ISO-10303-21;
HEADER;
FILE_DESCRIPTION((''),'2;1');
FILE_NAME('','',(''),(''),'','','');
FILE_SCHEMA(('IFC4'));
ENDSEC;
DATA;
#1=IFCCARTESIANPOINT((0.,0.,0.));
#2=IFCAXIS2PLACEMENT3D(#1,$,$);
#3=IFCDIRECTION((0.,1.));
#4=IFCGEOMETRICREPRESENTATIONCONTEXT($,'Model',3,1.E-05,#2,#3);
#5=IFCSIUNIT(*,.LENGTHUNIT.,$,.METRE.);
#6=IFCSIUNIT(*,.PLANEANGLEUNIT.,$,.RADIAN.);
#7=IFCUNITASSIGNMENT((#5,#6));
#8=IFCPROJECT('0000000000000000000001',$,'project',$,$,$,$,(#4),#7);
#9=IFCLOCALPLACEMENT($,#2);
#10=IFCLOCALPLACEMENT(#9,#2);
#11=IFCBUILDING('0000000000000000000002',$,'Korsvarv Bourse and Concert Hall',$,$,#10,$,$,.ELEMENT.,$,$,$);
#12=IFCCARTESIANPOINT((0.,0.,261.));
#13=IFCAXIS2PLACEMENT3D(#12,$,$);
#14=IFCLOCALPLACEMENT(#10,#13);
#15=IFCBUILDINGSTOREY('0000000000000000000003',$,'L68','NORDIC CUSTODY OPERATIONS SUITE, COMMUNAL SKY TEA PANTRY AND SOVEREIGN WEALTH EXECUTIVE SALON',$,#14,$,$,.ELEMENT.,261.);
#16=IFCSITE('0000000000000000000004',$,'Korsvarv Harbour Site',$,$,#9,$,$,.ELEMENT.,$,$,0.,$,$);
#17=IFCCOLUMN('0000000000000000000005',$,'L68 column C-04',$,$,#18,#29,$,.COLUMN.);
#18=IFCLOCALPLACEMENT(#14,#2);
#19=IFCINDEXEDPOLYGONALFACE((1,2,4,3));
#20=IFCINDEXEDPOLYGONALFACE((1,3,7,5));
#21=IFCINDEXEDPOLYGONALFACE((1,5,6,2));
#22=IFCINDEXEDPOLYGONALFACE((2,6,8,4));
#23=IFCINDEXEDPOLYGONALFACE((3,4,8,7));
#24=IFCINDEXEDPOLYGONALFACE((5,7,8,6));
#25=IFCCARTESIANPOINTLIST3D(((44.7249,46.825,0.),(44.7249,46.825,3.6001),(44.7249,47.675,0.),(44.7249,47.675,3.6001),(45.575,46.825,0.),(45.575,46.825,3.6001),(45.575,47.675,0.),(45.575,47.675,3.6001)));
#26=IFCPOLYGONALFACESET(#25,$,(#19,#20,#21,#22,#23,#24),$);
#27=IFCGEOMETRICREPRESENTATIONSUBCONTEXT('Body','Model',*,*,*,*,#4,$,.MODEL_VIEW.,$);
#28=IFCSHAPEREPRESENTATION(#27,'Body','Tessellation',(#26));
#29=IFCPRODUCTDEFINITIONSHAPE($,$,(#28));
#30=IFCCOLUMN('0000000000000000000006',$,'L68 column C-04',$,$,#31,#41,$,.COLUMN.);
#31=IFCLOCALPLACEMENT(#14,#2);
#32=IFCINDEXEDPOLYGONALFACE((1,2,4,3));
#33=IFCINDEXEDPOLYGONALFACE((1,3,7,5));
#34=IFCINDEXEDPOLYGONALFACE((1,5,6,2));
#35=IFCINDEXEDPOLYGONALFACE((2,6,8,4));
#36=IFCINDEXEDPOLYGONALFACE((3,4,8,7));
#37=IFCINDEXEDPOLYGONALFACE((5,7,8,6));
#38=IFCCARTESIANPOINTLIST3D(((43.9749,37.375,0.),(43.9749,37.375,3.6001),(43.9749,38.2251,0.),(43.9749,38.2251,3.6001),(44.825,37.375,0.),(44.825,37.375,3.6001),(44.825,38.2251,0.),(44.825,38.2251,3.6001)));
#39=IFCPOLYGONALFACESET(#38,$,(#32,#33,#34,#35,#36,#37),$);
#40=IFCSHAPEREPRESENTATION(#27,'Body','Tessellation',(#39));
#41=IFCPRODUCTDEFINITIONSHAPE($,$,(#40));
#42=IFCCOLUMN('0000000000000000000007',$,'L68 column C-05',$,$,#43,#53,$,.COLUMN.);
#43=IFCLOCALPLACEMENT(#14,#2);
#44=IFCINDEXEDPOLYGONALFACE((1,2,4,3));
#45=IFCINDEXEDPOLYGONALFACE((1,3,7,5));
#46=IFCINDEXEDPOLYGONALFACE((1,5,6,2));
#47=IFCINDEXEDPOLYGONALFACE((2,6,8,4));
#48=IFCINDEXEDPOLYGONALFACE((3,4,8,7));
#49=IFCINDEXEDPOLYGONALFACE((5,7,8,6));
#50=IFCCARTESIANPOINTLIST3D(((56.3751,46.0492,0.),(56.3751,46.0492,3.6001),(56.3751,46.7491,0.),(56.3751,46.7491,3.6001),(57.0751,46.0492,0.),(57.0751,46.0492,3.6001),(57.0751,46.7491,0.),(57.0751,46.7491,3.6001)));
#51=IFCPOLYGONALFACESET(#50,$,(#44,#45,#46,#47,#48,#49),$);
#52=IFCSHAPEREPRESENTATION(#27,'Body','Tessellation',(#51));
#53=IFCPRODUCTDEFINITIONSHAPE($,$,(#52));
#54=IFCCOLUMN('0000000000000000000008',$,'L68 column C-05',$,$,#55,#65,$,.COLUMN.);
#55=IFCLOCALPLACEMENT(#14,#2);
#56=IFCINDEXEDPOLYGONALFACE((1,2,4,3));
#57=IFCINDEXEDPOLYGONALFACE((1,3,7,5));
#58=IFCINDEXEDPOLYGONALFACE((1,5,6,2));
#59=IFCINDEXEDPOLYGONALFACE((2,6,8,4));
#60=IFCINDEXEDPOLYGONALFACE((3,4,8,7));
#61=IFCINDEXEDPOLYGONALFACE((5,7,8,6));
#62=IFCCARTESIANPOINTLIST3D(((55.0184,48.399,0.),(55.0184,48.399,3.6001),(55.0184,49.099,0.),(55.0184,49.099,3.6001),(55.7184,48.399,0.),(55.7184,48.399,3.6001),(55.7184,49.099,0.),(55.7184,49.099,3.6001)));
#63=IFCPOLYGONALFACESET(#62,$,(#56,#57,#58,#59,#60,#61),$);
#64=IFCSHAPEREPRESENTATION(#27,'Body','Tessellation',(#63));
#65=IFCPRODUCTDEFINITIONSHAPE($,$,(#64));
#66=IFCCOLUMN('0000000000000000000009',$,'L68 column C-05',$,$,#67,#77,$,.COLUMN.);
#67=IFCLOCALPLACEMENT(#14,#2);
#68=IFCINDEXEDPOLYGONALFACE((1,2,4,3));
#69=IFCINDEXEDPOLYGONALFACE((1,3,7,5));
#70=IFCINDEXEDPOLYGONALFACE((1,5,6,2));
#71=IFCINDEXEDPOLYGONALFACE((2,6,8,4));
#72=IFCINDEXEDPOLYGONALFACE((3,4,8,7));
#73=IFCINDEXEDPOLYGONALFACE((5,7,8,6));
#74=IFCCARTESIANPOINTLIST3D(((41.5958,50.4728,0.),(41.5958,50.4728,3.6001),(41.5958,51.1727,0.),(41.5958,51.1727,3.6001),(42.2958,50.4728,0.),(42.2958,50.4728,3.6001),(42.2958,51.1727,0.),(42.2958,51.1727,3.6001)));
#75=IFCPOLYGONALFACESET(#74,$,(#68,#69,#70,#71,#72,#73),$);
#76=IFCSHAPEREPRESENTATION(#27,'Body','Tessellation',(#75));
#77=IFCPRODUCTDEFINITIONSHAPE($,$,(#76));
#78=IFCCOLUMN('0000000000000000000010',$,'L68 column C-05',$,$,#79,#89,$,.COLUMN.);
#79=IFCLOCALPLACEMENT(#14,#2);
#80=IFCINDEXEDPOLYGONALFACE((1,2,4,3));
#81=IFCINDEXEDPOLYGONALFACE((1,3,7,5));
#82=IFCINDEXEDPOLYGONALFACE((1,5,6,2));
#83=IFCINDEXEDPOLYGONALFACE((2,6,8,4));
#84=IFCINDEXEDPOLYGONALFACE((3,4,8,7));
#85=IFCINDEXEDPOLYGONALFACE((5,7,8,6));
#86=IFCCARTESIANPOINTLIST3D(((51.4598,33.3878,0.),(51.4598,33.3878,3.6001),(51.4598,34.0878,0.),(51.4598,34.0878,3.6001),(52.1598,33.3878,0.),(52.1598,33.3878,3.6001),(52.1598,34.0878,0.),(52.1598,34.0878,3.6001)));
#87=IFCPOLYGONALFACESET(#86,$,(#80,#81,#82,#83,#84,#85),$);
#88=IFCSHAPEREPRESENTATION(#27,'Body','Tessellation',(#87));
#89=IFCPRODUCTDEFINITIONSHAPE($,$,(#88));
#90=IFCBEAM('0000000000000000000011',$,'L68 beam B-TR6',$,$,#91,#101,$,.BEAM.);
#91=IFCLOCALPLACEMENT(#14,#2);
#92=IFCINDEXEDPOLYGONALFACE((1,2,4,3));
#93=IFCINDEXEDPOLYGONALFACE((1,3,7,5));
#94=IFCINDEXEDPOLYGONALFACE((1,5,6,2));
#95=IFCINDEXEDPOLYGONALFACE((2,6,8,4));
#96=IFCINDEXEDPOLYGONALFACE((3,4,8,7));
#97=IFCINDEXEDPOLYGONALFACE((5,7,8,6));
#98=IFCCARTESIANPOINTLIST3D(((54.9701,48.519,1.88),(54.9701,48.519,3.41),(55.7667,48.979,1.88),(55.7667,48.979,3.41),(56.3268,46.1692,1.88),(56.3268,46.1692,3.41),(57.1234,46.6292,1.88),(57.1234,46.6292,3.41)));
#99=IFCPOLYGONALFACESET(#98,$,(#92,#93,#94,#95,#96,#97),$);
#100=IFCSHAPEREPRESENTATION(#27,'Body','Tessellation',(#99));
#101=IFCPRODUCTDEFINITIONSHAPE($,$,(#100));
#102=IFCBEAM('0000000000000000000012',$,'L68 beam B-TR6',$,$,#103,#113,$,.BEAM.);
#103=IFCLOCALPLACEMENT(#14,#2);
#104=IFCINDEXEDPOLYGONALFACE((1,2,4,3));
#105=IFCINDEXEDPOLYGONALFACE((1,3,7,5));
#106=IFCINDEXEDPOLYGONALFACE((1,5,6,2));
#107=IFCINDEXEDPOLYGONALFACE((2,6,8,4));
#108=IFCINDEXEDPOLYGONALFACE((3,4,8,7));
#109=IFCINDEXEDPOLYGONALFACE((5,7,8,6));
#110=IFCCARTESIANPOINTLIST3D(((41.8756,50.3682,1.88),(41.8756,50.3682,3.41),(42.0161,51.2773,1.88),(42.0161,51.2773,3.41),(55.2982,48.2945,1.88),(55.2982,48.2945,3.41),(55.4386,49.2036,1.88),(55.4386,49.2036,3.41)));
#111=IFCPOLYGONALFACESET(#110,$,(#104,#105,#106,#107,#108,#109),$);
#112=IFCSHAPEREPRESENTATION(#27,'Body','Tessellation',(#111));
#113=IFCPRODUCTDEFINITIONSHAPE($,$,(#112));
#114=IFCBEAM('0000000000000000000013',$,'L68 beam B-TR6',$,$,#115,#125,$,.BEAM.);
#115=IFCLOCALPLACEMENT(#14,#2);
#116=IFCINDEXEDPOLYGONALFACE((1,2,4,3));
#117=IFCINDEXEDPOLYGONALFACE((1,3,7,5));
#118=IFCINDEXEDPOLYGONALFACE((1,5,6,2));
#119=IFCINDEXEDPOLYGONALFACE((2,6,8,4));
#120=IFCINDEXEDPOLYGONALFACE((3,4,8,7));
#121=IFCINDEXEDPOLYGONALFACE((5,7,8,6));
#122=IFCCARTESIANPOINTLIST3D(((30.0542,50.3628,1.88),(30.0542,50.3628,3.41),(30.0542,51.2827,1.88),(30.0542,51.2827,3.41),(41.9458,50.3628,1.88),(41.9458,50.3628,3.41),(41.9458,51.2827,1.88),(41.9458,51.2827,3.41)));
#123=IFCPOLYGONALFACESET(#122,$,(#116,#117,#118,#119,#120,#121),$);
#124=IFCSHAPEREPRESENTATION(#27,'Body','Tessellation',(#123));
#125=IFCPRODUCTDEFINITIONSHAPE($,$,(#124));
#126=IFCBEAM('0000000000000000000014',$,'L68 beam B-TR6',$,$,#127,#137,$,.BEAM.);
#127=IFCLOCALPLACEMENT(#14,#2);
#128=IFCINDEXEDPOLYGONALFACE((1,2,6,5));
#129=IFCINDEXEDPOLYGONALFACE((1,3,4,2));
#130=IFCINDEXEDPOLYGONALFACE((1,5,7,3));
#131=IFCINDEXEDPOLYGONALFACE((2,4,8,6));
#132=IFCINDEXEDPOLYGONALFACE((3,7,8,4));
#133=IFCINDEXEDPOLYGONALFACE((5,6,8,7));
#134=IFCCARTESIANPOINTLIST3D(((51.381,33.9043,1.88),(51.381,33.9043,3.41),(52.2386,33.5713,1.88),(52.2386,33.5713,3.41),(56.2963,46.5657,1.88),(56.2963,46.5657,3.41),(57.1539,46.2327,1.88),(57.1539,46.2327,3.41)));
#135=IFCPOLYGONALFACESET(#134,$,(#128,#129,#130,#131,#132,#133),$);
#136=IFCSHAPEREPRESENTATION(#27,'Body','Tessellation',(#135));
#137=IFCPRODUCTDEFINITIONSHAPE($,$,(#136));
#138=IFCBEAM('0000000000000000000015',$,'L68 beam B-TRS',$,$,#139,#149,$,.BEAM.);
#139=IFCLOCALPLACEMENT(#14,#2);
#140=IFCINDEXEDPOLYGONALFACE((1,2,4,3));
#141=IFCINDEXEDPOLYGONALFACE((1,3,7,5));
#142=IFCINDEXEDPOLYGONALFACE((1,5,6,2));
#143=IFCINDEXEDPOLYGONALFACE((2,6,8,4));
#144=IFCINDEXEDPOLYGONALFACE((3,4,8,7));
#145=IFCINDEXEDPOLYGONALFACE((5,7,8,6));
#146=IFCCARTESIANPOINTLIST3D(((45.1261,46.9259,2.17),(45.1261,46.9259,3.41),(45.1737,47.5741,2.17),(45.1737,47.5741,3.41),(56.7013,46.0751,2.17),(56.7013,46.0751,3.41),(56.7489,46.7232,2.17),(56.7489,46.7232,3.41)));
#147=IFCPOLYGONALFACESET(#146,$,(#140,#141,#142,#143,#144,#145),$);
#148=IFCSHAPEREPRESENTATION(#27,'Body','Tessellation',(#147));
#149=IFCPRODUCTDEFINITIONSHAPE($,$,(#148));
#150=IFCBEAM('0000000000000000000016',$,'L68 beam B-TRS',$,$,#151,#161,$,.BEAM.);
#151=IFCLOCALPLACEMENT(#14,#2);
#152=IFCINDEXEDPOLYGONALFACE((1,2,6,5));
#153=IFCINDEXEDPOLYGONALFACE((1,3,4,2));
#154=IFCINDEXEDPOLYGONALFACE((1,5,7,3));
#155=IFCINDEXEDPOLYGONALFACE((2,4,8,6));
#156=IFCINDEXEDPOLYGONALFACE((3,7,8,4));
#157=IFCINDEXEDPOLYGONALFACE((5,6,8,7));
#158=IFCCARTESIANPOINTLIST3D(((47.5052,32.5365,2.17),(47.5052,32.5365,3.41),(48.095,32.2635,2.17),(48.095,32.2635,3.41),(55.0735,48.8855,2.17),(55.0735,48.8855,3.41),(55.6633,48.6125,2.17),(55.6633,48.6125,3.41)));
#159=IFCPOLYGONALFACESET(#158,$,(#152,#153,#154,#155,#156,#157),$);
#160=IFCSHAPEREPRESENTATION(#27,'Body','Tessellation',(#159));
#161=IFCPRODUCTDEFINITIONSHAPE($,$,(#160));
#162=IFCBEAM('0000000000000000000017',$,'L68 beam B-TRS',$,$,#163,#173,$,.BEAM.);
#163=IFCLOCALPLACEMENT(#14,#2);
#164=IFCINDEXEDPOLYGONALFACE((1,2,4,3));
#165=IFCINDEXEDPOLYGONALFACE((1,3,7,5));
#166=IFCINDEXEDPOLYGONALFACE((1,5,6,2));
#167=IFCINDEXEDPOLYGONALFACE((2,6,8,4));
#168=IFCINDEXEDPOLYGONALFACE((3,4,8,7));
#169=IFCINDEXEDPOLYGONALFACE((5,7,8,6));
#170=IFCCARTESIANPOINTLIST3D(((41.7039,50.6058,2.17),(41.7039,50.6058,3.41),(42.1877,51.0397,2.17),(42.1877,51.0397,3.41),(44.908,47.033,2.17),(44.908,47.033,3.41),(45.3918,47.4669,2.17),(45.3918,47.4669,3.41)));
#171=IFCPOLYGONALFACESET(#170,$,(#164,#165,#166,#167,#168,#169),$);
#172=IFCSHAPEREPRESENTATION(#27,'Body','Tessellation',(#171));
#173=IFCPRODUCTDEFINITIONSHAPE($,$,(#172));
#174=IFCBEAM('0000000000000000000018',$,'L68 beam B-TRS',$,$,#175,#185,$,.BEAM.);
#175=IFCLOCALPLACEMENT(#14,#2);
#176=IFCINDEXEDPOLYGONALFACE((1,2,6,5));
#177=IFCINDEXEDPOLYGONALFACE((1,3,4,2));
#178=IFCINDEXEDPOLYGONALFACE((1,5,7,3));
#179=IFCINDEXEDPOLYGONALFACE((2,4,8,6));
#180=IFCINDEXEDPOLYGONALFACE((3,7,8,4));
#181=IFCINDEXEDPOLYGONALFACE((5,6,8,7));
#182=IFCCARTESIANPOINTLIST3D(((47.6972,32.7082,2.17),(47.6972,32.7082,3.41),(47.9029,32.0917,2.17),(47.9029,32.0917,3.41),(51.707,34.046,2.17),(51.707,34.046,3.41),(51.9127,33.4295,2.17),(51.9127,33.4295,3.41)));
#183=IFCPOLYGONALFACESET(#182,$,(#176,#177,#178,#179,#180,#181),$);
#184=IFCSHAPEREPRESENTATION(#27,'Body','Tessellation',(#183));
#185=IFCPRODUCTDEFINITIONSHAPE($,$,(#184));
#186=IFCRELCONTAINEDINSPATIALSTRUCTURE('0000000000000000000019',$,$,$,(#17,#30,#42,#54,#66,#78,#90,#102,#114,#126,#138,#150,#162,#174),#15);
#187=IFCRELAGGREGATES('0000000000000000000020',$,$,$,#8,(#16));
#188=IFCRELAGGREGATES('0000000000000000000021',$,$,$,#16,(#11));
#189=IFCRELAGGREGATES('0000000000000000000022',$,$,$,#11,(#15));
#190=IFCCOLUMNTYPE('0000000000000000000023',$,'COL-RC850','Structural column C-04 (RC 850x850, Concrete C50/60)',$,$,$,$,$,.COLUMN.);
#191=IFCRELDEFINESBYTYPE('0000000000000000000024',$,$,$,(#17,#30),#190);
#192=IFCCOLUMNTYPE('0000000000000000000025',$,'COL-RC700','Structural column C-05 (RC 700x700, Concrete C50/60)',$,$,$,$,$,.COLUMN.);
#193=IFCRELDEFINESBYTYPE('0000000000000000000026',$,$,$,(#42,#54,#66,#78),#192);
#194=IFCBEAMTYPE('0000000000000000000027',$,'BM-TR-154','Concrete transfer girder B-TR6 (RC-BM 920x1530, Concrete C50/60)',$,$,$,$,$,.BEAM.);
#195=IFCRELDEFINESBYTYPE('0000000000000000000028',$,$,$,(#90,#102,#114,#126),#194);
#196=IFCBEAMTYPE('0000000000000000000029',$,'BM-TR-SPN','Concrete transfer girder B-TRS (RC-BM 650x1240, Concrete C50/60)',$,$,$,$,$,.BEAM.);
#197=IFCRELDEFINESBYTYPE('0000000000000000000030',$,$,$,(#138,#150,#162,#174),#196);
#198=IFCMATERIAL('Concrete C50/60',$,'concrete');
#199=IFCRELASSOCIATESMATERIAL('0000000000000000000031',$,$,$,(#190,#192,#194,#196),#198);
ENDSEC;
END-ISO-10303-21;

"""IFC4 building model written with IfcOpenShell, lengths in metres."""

from ifc_helpers import new_model, si_unit, direction, frame, origin, origin_2d, place, context, subcontext, project, spatial, rectangle, extrude, source, transform, mapped, material, material_profile, profile_set, type_object, element, save


model = new_model("IFC4")

# Units and contexts
model_context = context("Model", 3, precision=1e-05, world=origin(), true_north=direction((0.0, 1.0)))
body_context = subcontext(model_context, "Body", "Model", "MODEL_VIEW")
ifc_project = project(units=[si_unit("LENGTHUNIT", "METRE"), si_unit("PLANEANGLEUNIT", "RADIAN")], contexts=[model_context])

# Site, building, storey
site_placement = place(None, origin())
site = spatial("IfcSite", under=ifc_project, at=site_placement, Name="Korsvarv Harbour Site", CompositionType="ELEMENT", RefElevation=0.0)
building_placement = place(site_placement, origin())
building = spatial("IfcBuilding", under=site, at=building_placement, Name="Korsvarv Bourse and Concert Hall", CompositionType="ELEMENT")
storey_placement = place(building_placement, frame((0.0, 0.0, 261.0)))
storey = spatial("IfcBuildingStorey", under=building, at=storey_placement, Name="L68", Description="NORDIC CUSTODY OPERATIONS SUITE, COMMUNAL SKY TEA PANTRY AND SOVEREIGN WEALTH EXECUTIVE SALON", CompositionType="ELEMENT", Elevation=261.0)

# Columns
ifc_material_1 = material(Name="Concrete C50/60", Category="concrete")
ifc_material_profile_1 = material_profile(ifc_material_1, rectangle(XDim=0.8501, YDim=0.8501, at=origin_2d()), Name="RC 850x850")
ifc_profile_set_1 = profile_set([ifc_material_profile_1], Name="Concrete C50/60")
column_type_1 = type_object("IfcColumnType", Name="COL-RC850", Description="Structural column C-04 (RC 850x850, Concrete C50/60)", PredefinedType="COLUMN", material=ifc_profile_set_1)
shared_shape_1 = source(origin(), body_context, "Body", "SweptSolid", [
    extrude(rectangle(XDim=0.8501, YDim=0.8501, at=origin_2d()), origin(), (0.0, 0.0, 1.0), 3.6001),
])
for number, where, z_axis, x_axis, name in (
    (1, (45.1499, 47.25, 0.0), (0.0, 0.0, 1.0), (1.0, 0.0, 0.0), "L68 column C-04"),
    (2, (44.3999, 37.8, 0.0), (0.0, 0.0, 1.0), (1.0, 0.0, 0.0), "L68 column C-04"),
):
    element("IfcColumn", number, at=place(storey_placement, frame(where, z_axis=z_axis, x_axis=x_axis)), inside=storey, type_object=column_type_1, Name=name, PredefinedType="COLUMN", context=body_context, shape_type="MappedRepresentation", body=[
        mapped(shared_shape_1, transform((0.0, 0.0, 0.0), scale=1.0)),
    ])
ifc_material_profile_2 = material_profile(ifc_material_1, rectangle(XDim=0.7, YDim=0.7, at=origin_2d()), Name="RC 700x700")
ifc_profile_set_2 = profile_set([ifc_material_profile_2], Name="Concrete C50/60")
column_type_2 = type_object("IfcColumnType", Name="COL-RC700", Description="Structural column C-05 (RC 700x700, Concrete C50/60)", PredefinedType="COLUMN", material=ifc_profile_set_2)
shared_shape_2 = source(origin(), body_context, "Body", "SweptSolid", [
    extrude(rectangle(XDim=0.7, YDim=0.7, at=origin_2d()), origin(), (0.0, 0.0, 1.0), 3.6001),
])
for number, where, z_axis, x_axis, name in (
    (3, (56.7251, 46.3992, 0.0), (0.0, 0.0, 1.0), (1.0, 0.0, 0.0), "L68 column C-05"),
    (4, (55.3684, 48.749, 0.0), (0.0, 0.0, 1.0), (1.0, 0.0, 0.0), "L68 column C-05"),
    (5, (41.9458, 50.8228, 0.0), (0.0, 0.0, 1.0), (1.0, 0.0, 0.0), "L68 column C-05"),
    (6, (51.8098, 33.7378, 0.0), (0.0, 0.0, 1.0), (1.0, 0.0, 0.0), "L68 column C-05"),
):
    element("IfcColumn", number, at=place(storey_placement, frame(where, z_axis=z_axis, x_axis=x_axis)), inside=storey, type_object=column_type_2, Name=name, PredefinedType="COLUMN", context=body_context, shape_type="MappedRepresentation", body=[
        mapped(shared_shape_2, transform((0.0, 0.0, 0.0), scale=1.0)),
    ])

# Beams
ifc_material_profile_3 = material_profile(ifc_material_1, rectangle(XDim=0.9199, YDim=1.53, at=origin_2d()), Name="RC-BM 920x1530")
ifc_profile_set_3 = profile_set([ifc_material_profile_3], Name="Concrete C50/60")
beam_type_1 = type_object("IfcBeamType", Name="BM-TR-154", Description="Concrete transfer girder B-TR6 (RC-BM 920x1530, Concrete C50/60)", PredefinedType="BEAM", material=ifc_profile_set_3)
shared_shape_3 = source(origin(), body_context, "Body", "SweptSolid", [
    extrude(rectangle(XDim=0.9199, YDim=1.53, at=origin_2d()), origin(), (0.0, 0.0, 1.0), 2.7134),
])
beam_1_placement = place(storey_placement, frame((56.7251, 46.3992, 2.645), z_axis=(-0.5, 0.866025, 0.0), x_axis=(-0.866025, -0.5, 0.0)))
element("IfcBeam", 7, at=beam_1_placement, inside=storey, type_object=beam_type_1, Name="L68 beam B-TR6", PredefinedType="BEAM", context=body_context, shape_type="MappedRepresentation", body=[
    mapped(shared_shape_3, transform((0.0, 0.0, 0.0), scale=1.0)),
])
shared_shape_4 = source(origin(), body_context, "Body", "SweptSolid", [
    extrude(rectangle(XDim=0.9199, YDim=1.53, at=origin_2d()), origin(), (0.0, 0.0, 1.0), 13.5818),
])
beam_2_placement = place(storey_placement, frame((55.3684, 48.749, 2.645), z_axis=(-0.988275, 0.152684, 0.0), x_axis=(-0.152684, -0.988275, 0.0)))
element("IfcBeam", 8, at=beam_2_placement, inside=storey, type_object=beam_type_1, Name="L68 beam B-TR6", PredefinedType="BEAM", context=body_context, shape_type="MappedRepresentation", body=[
    mapped(shared_shape_4, transform((0.0, 0.0, 0.0), scale=1.0)),
])
shared_shape_5 = source(origin(), body_context, "Body", "SweptSolid", [
    extrude(rectangle(XDim=0.9199, YDim=1.53, at=origin_2d()), origin(), (0.0, 0.0, 1.0), 11.8916),
])
beam_3_placement = place(storey_placement, frame((41.9458, 50.8228, 2.645), z_axis=(-1.0, 0.0, 0.0), x_axis=(0.0, -1.0, 0.0)))
element("IfcBeam", 9, at=beam_3_placement, inside=storey, type_object=beam_type_1, Name="L68 beam B-TR6", PredefinedType="BEAM", context=body_context, shape_type="MappedRepresentation", body=[
    mapped(shared_shape_5, transform((0.0, 0.0, 0.0), scale=1.0)),
])
shared_shape_6 = source(origin(), body_context, "Body", "SweptSolid", [
    extrude(rectangle(XDim=0.9199, YDim=1.53, at=origin_2d()), origin(), (0.0, 0.0, 1.0), 13.582),
])
beam_4_placement = place(storey_placement, frame((51.8098, 33.7378, 2.645), z_axis=(0.361897, 0.932218, 0.0), x_axis=(-0.932218, 0.361897, 0.0)))
element("IfcBeam", 10, at=beam_4_placement, inside=storey, type_object=beam_type_1, Name="L68 beam B-TR6", PredefinedType="BEAM", context=body_context, shape_type="MappedRepresentation", body=[
    mapped(shared_shape_6, transform((0.0, 0.0, 0.0), scale=1.0)),
])
ifc_material_profile_4 = material_profile(ifc_material_1, rectangle(XDim=0.6499, YDim=1.24, at=origin_2d()), Name="RC-BM 650x1240")
ifc_profile_set_4 = profile_set([ifc_material_profile_4], Name="Concrete C50/60")
beam_type_2 = type_object("IfcBeamType", Name="BM-TR-SPN", Description="Concrete transfer girder B-TRS (RC-BM 650x1240, Concrete C50/60)", PredefinedType="BEAM", material=ifc_profile_set_4)
shared_shape_7 = source(origin(), body_context, "Body", "SweptSolid", [
    extrude(rectangle(XDim=0.6499, YDim=1.24, at=origin_2d()), origin(), (0.0, 0.0, 1.0), 11.6064),
])
beam_5_placement = place(storey_placement, frame((56.7251, 46.3992, 2.79), z_axis=(-0.997309, 0.073307, 0.0), x_axis=(-0.073307, -0.997309, 0.0)))
element("IfcBeam", 11, at=beam_5_placement, inside=storey, type_object=beam_type_2, Name="L68 beam B-TRS", PredefinedType="BEAM", context=body_context, shape_type="MappedRepresentation", body=[
    mapped(shared_shape_7, transform((0.0, 0.0, 0.0), scale=1.0)),
])
shared_shape_8 = source(origin(), body_context, "Body", "SweptSolid", [
    extrude(rectangle(XDim=0.6499, YDim=1.24, at=origin_2d()), origin(), (0.0, 0.0, 1.0), 18.0159),
])
beam_6_placement = place(storey_placement, frame((55.3684, 48.749, 2.79), z_axis=(-0.420093, -0.907481, 0.0), x_axis=(0.907481, -0.420093, 0.0)))
element("IfcBeam", 12, at=beam_6_placement, inside=storey, type_object=beam_type_2, Name="L68 beam B-TRS", PredefinedType="BEAM", context=body_context, shape_type="MappedRepresentation", body=[
    mapped(shared_shape_8, transform((0.0, 0.0, 0.0), scale=1.0)),
])
shared_shape_9 = source(origin(), body_context, "Body", "SweptSolid", [
    extrude(rectangle(XDim=0.6499, YDim=1.24, at=origin_2d()), origin(), (0.0, 0.0, 1.0), 4.7991),
])
beam_7_placement = place(storey_placement, frame((41.9458, 50.8228, 2.79), z_axis=(0.667654, -0.744472, 0.0), x_axis=(0.744472, 0.667654, 0.0)))
element("IfcBeam", 13, at=beam_7_placement, inside=storey, type_object=beam_type_2, Name="L68 beam B-TRS", PredefinedType="BEAM", context=body_context, shape_type="MappedRepresentation", body=[
    mapped(shared_shape_9, transform((0.0, 0.0, 0.0), scale=1.0)),
])
shared_shape_10 = source(origin(), body_context, "Body", "SweptSolid", [
    extrude(rectangle(XDim=0.6499, YDim=1.24, at=origin_2d()), origin(), (0.0, 0.0, 1.0), 4.2271),
])
beam_8_placement = place(storey_placement, frame((51.8098, 33.7378, 2.79), z_axis=(-0.948591, -0.316505, 0.0), x_axis=(0.316505, -0.948591, 0.0)))
element("IfcBeam", 14, at=beam_8_placement, inside=storey, type_object=beam_type_2, Name="L68 beam B-TRS", PredefinedType="BEAM", context=body_context, shape_type="MappedRepresentation", body=[
    mapped(shared_shape_10, transform((0.0, 0.0, 0.0), scale=1.0)),
])

save(model, "model.ifc")
